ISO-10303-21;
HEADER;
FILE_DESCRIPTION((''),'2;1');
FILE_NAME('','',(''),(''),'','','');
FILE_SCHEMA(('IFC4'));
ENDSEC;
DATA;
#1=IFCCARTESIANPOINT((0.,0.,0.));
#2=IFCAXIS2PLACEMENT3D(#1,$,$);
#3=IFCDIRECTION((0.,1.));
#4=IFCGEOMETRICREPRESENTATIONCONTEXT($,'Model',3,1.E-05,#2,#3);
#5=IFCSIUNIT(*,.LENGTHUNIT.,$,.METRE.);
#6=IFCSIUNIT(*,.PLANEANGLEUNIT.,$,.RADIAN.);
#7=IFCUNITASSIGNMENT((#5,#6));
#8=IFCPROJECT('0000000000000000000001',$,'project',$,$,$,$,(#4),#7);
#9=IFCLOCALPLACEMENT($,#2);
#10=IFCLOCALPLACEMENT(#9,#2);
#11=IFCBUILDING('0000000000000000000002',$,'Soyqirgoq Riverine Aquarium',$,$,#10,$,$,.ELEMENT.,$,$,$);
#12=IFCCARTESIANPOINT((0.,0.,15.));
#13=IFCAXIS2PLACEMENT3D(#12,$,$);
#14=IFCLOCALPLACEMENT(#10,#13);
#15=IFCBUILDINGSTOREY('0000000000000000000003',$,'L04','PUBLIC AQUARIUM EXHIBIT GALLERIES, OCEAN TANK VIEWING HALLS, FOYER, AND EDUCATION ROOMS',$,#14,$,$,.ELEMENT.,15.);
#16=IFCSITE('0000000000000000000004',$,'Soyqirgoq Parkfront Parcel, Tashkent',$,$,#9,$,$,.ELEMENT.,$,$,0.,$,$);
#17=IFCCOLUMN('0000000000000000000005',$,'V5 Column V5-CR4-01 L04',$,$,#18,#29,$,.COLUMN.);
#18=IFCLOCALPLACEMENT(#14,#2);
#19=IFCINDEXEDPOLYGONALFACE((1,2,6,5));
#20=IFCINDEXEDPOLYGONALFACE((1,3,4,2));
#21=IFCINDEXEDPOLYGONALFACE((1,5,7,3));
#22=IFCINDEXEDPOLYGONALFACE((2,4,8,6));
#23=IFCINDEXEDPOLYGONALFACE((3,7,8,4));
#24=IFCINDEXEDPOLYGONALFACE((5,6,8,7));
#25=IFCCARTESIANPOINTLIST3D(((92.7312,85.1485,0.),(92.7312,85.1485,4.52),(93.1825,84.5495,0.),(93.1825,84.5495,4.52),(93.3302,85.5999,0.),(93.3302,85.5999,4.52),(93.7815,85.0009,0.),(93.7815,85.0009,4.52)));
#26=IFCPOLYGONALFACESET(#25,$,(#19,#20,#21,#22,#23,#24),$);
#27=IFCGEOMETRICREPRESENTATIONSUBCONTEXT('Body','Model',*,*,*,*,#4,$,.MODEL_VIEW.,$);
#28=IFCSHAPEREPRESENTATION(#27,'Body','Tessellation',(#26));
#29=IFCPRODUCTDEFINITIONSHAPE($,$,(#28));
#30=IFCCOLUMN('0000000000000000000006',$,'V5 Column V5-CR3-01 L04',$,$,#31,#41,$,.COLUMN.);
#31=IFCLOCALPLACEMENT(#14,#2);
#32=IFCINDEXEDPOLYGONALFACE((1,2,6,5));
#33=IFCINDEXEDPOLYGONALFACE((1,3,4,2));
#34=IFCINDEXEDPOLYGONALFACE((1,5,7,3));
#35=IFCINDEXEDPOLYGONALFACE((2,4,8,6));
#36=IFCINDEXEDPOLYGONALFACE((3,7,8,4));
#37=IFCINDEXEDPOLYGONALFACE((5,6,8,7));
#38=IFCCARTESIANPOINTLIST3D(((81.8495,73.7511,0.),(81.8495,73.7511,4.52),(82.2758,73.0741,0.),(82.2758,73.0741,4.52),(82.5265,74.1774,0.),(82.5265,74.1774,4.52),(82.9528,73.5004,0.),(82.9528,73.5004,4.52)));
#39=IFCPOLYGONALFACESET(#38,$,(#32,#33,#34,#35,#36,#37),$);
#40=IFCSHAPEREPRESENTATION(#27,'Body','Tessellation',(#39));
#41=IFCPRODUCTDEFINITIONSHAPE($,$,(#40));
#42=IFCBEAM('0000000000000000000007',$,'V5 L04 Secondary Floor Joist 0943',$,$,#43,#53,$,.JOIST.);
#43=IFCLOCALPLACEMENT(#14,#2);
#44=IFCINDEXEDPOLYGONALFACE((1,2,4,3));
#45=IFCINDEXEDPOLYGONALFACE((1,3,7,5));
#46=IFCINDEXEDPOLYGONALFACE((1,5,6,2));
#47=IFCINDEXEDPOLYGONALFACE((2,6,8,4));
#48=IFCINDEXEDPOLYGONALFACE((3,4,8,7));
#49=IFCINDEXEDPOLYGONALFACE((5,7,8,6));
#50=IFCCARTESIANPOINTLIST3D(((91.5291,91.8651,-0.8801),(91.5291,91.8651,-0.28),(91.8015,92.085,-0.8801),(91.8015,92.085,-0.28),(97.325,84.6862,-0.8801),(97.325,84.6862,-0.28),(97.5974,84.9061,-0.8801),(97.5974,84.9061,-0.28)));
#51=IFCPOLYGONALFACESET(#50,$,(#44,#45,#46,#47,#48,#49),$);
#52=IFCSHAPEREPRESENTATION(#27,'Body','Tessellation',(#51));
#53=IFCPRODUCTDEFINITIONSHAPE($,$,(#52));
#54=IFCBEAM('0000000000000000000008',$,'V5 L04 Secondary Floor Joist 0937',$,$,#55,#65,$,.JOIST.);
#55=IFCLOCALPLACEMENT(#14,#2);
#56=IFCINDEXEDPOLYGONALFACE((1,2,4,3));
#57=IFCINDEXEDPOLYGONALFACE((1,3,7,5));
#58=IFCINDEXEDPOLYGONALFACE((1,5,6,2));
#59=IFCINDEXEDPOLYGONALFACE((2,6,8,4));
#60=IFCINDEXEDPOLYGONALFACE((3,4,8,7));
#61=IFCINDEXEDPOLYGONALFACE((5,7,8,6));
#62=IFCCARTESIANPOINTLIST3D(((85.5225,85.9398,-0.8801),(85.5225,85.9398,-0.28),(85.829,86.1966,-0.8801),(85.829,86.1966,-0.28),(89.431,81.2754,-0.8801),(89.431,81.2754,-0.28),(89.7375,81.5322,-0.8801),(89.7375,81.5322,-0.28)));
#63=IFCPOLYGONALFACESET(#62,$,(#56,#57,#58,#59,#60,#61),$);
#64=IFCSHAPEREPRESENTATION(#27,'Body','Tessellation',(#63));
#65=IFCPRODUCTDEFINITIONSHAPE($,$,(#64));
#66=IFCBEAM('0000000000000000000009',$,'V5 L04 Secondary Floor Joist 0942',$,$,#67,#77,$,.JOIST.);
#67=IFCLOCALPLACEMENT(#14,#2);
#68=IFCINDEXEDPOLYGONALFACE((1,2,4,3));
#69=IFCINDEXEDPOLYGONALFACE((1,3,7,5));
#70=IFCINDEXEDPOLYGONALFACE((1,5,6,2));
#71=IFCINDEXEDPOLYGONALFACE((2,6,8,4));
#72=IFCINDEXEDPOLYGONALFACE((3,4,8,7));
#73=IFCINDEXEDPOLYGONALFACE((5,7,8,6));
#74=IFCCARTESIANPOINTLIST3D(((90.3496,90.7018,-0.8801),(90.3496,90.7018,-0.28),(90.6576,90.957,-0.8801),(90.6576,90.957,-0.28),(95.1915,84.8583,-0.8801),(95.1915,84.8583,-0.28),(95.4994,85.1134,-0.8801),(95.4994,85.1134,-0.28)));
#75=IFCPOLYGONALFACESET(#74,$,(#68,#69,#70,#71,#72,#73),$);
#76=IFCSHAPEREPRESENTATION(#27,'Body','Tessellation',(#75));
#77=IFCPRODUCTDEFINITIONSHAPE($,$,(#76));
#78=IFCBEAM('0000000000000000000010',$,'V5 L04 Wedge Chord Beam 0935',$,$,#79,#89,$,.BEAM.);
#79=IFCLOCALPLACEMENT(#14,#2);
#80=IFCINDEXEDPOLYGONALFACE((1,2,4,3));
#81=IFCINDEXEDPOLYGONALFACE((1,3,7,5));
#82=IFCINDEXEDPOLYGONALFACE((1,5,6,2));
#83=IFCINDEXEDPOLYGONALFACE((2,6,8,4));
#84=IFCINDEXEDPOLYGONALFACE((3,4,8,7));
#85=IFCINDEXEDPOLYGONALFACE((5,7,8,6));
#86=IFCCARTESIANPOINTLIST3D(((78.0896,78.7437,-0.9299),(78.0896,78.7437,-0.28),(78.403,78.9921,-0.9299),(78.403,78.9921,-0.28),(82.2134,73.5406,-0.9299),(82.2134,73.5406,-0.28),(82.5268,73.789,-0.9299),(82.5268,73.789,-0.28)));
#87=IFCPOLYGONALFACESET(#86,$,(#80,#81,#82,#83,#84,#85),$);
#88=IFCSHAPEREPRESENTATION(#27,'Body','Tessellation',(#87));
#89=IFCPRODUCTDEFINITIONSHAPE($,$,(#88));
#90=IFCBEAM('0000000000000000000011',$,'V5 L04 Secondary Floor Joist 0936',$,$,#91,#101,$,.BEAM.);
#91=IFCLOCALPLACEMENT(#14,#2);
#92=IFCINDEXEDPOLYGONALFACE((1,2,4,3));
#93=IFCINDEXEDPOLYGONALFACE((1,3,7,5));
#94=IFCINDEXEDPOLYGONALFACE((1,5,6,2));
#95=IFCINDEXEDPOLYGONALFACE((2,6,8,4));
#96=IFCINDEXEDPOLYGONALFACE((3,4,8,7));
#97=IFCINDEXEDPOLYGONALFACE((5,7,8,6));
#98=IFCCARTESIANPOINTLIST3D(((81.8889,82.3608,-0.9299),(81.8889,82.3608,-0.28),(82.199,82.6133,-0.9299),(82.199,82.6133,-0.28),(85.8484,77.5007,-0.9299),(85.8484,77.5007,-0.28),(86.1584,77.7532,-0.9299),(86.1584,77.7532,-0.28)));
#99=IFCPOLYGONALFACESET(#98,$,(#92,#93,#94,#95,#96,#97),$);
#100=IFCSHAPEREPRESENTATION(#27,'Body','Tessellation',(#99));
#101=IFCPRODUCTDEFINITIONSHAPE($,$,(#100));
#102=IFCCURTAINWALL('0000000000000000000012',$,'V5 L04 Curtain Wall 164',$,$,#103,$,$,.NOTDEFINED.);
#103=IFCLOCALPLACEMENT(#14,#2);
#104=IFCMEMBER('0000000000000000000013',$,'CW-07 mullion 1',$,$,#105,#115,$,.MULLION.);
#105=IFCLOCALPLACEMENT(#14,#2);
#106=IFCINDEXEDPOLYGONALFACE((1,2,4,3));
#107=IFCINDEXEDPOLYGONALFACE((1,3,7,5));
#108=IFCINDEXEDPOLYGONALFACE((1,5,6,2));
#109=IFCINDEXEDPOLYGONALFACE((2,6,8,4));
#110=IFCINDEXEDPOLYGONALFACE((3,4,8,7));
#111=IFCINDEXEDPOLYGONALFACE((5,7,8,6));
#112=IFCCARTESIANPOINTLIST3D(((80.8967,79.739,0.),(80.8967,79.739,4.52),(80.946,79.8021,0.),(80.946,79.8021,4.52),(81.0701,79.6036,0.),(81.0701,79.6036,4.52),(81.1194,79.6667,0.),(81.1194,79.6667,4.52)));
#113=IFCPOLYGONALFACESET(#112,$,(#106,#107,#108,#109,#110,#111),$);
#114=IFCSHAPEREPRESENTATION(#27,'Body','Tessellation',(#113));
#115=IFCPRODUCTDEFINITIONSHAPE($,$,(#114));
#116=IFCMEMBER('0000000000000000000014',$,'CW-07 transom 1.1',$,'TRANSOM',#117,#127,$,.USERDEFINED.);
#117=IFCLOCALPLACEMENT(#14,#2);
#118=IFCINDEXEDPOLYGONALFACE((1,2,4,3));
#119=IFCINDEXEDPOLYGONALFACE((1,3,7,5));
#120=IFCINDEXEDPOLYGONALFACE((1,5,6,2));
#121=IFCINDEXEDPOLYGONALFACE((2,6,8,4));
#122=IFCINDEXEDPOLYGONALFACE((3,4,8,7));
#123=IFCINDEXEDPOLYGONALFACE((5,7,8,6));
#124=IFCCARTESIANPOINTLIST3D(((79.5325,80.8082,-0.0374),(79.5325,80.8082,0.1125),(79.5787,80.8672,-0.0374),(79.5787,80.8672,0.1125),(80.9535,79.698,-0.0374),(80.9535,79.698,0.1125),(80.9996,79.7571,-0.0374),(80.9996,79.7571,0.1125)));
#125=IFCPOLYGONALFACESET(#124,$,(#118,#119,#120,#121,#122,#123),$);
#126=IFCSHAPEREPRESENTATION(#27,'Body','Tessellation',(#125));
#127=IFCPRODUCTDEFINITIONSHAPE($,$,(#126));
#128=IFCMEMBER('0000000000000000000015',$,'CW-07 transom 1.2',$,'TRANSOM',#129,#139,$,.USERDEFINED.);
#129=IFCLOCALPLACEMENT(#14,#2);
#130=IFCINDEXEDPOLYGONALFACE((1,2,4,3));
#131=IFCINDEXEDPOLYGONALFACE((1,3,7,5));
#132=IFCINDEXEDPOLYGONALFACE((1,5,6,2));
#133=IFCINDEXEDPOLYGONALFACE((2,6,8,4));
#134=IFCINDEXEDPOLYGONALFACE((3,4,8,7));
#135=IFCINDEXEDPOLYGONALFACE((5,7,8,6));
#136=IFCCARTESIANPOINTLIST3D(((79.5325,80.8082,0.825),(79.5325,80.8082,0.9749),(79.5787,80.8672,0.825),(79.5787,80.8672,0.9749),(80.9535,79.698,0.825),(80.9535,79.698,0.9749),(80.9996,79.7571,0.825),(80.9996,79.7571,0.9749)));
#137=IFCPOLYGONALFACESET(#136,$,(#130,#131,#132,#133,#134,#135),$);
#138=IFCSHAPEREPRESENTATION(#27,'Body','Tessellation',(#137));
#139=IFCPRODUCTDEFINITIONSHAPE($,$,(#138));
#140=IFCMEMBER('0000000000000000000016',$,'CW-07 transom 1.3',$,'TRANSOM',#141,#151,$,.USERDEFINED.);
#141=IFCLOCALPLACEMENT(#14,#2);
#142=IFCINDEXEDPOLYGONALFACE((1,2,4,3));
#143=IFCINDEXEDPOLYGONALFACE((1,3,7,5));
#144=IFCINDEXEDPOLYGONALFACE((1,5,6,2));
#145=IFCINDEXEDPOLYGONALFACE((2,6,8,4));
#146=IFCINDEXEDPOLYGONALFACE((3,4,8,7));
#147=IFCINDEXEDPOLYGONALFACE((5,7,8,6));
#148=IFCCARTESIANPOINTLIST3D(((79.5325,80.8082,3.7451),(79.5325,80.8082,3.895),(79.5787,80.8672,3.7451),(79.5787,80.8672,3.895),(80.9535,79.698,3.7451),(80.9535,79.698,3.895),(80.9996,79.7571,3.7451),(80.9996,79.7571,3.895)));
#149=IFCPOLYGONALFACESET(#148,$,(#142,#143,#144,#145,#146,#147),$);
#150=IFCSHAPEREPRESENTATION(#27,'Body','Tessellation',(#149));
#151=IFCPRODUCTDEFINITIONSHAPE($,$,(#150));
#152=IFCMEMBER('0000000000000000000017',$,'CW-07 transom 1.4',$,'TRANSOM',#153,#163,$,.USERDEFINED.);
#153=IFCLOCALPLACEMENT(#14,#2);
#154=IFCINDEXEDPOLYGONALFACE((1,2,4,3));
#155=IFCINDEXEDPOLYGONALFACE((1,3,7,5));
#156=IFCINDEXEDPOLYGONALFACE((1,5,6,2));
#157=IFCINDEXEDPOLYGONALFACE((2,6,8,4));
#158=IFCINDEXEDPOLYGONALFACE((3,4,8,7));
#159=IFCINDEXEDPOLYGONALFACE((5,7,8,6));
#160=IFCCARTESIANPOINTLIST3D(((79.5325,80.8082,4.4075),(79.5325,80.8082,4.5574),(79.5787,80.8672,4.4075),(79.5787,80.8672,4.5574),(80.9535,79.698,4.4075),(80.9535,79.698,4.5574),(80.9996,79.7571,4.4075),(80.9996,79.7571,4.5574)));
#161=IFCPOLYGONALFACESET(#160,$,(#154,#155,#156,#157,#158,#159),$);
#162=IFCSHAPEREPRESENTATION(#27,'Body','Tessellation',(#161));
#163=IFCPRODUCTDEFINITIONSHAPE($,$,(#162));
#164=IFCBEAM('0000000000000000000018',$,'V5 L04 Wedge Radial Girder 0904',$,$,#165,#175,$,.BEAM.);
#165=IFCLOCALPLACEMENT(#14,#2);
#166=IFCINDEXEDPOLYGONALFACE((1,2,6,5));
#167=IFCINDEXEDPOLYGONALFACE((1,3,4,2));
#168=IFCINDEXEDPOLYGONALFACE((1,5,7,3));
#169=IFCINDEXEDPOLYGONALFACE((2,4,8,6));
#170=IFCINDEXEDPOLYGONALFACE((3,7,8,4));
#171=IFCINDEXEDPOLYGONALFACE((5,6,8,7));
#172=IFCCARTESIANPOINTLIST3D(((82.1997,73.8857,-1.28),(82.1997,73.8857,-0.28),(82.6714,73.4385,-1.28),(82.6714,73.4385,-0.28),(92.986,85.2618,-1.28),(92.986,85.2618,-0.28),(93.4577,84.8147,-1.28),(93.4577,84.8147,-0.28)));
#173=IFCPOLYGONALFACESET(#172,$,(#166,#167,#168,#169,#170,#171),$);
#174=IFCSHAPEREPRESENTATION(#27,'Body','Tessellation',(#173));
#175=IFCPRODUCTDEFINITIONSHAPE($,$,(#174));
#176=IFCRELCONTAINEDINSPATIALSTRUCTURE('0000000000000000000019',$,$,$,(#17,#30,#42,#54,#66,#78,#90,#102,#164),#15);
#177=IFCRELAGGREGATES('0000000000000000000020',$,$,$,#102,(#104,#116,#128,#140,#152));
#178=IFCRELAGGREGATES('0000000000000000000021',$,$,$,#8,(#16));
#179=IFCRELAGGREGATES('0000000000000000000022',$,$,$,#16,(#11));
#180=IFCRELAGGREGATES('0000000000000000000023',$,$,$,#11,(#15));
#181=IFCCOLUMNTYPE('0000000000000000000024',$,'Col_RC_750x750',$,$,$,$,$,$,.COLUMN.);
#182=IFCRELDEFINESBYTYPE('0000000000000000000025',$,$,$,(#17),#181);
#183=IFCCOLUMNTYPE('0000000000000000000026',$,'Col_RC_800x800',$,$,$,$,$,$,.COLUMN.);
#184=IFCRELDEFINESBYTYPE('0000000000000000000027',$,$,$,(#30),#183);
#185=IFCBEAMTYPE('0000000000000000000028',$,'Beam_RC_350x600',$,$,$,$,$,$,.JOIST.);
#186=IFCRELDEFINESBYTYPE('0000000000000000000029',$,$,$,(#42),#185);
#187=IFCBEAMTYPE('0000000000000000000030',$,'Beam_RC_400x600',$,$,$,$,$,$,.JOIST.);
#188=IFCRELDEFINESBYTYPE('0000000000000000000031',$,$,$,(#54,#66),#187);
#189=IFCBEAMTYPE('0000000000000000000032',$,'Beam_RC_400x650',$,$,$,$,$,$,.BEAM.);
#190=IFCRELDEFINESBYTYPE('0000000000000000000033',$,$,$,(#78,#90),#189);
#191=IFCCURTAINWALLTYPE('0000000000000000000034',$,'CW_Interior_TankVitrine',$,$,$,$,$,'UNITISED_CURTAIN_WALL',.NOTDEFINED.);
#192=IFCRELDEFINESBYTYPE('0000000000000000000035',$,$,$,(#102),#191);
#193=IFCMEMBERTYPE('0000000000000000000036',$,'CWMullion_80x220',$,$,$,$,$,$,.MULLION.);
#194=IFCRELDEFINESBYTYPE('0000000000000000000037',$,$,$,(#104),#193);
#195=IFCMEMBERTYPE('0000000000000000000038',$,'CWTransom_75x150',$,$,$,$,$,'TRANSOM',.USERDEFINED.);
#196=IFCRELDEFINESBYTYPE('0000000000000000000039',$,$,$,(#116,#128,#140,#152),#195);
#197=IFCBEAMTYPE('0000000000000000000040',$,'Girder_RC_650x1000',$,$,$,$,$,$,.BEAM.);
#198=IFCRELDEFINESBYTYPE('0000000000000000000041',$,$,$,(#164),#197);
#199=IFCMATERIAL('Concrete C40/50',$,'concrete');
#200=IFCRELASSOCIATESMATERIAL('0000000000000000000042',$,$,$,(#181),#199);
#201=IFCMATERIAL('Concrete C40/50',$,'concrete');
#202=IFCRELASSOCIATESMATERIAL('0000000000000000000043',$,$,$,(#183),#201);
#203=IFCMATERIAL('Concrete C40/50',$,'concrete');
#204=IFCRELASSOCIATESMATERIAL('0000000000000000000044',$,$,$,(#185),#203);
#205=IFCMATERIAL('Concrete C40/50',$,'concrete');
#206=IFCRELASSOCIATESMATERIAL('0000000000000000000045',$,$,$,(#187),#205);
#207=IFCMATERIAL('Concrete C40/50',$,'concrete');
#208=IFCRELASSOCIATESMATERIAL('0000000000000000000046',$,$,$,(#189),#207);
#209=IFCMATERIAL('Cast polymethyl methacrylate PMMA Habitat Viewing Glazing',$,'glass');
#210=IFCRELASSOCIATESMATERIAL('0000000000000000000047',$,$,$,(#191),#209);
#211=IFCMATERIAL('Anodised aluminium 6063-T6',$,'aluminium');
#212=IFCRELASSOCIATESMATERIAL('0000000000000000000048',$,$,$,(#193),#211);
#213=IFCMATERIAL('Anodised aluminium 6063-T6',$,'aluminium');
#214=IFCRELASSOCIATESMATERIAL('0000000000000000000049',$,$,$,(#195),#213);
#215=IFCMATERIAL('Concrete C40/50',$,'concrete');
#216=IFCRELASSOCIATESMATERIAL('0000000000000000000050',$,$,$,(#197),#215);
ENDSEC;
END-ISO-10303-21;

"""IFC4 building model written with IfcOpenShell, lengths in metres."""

from ifc_helpers import new_model, si_unit, direction, frame, origin, origin_2d, place, context, subcontext, project, spatial, rectangle, extrude, material, material_profile, profile_set, type_object, element, aggregate, save


model = new_model("IFC4")

# Units and contexts
model_context = context("Model", 3, precision=1e-05, world=origin(), true_north=direction((0.0, 1.0)))
body_context = subcontext(model_context, "Body", "Model", "MODEL_VIEW")
ifc_project = project(units=[si_unit("LENGTHUNIT", "METRE"), si_unit("PLANEANGLEUNIT", "RADIAN")], contexts=[model_context])

# Site, building, storey
site_placement = place(None, origin())
site = spatial("IfcSite", under=ifc_project, at=site_placement, Name="Soyqirgoq Parkfront Parcel, Tashkent", CompositionType="ELEMENT", RefElevation=0.0)
building_placement = place(site_placement, origin())
building = spatial("IfcBuilding", under=site, at=building_placement, Name="Soyqirgoq Riverine Aquarium", CompositionType="ELEMENT")
storey_placement = place(building_placement, frame((0.0, 0.0, 15.0)))
storey = spatial("IfcBuildingStorey", under=building, at=storey_placement, Name="L04", Description="PUBLIC AQUARIUM EXHIBIT GALLERIES, OCEAN TANK VIEWING HALLS, FOYER, AND EDUCATION ROOMS", CompositionType="ELEMENT", Elevation=15.0)

# Columns
ifc_material_1 = material(Name="Concrete C40/50", Category="concrete")
ifc_material_profile_1 = material_profile(ifc_material_1, rectangle(XDim=0.75, YDim=0.75, at=origin_2d()), Name="RC 750x750")
ifc_profile_set_1 = profile_set([ifc_material_profile_1], Name="Concrete C40/50")
column_type_1 = type_object("IfcColumnType", Name="Col_RC_750x750", PredefinedType="COLUMN", material=ifc_profile_set_1)
column_1_placement = place(storey_placement, frame((93.2563, 85.0747, 0.0), z_axis=(0.0, 0.0, 1.0), x_axis=(0.798636, 0.601815, 0.0)))
element("IfcColumn", 1, at=column_1_placement, inside=storey, type_object=column_type_1, Name="V5 Column V5-CR4-01 L04", PredefinedType="COLUMN", context=body_context, shape_type="SweptSolid", body=[
    extrude(rectangle(XDim=0.75, YDim=0.75, at=origin_2d()), origin(), (0.0, 0.0, 1.0), 4.52),
])
ifc_material_2 = material(Name="Concrete C40/50", Category="concrete")
ifc_material_profile_2 = material_profile(ifc_material_2, rectangle(XDim=0.8, YDim=0.8, at=origin_2d()), Name="RC 800x800")
ifc_profile_set_2 = profile_set([ifc_material_profile_2], Name="Concrete C40/50")
column_type_2 = type_object("IfcColumnType", Name="Col_RC_800x800", PredefinedType="COLUMN", material=ifc_profile_set_2)
column_2_placement = place(storey_placement, frame((82.4011, 73.6257, 0.0), z_axis=(0.0, 0.0, 1.0), x_axis=(0.846193, 0.532876, 0.0)))
element("IfcColumn", 2, at=column_2_placement, inside=storey, type_object=column_type_2, Name="V5 Column V5-CR3-01 L04", PredefinedType="COLUMN", context=body_context, shape_type="SweptSolid", body=[
    extrude(rectangle(XDim=0.8, YDim=0.8, at=origin_2d()), origin(), (0.0, 0.0, 1.0), 4.52),
])

# Beams
ifc_material_3 = material(Name="Concrete C40/50", Category="concrete")
ifc_material_profile_3 = material_profile(ifc_material_3, rectangle(XDim=0.3501, YDim=0.6001, at=origin_2d()), Name="RC 350x600")
ifc_profile_set_3 = profile_set([ifc_material_profile_3], Name="Concrete C40/50")
beam_type_1 = type_object("IfcBeamType", Name="Beam_RC_350x600", PredefinedType="JOIST", material=ifc_profile_set_3)
beam_1_placement = place(storey_placement, frame((97.4612, 84.7961, -0.5801), z_axis=(-0.628174, 0.778073, 0.0), x_axis=(-0.778073, -0.628174, 0.0)))
element("IfcBeam", 3, at=beam_1_placement, inside=storey, type_object=beam_type_1, Name="V5 L04 Secondary Floor Joist 0943", PredefinedType="JOIST", context=body_context, shape_type="SweptSolid", body=[
    extrude(rectangle(XDim=0.3501, YDim=0.6001, at=origin_2d()), origin(), (0.0, 0.0, 1.0), 9.2266),
])
ifc_material_4 = material(Name="Concrete C40/50", Category="concrete")
ifc_material_profile_4 = material_profile(ifc_material_4, rectangle(XDim=0.3999, YDim=0.6001, at=origin_2d()), Name="RC 400x600")
ifc_profile_set_4 = profile_set([ifc_material_profile_4], Name="Concrete C40/50")
beam_type_2 = type_object("IfcBeamType", Name="Beam_RC_400x600", PredefinedType="JOIST", material=ifc_profile_set_4)
beam_2_placement = place(storey_placement, frame((89.5842, 81.4038, -0.5801), z_axis=(-0.64227, 0.766479, 0.0), x_axis=(-0.766479, -0.64227, 0.0)))
element("IfcBeam", 4, at=beam_2_placement, inside=storey, type_object=beam_type_2, Name="V5 L04 Secondary Floor Joist 0937", PredefinedType="JOIST", context=body_context, shape_type="SweptSolid", body=[
    extrude(rectangle(XDim=0.3999, YDim=0.6001, at=origin_2d()), origin(), (0.0, 0.0, 1.0), 6.0854),
])
beam_3_placement = place(storey_placement, frame((95.3455, 84.9858, -0.5801), z_axis=(-0.638021, 0.770019, 0.0), x_axis=(-0.770019, -0.638021, 0.0)))
element("IfcBeam", 5, at=beam_3_placement, inside=storey, type_object=beam_type_2, Name="V5 L04 Secondary Floor Joist 0942", PredefinedType="JOIST", context=body_context, shape_type="SweptSolid", body=[
    extrude(rectangle(XDim=0.3999, YDim=0.6001, at=origin_2d()), origin(), (0.0, 0.0, 1.0), 7.5889),
])
ifc_material_5 = material(Name="Concrete C40/50", Category="concrete")
ifc_material_profile_5 = material_profile(ifc_material_5, rectangle(XDim=0.3999, YDim=0.6499, at=origin_2d()), Name="RC 400x650")
ifc_profile_set_5 = profile_set([ifc_material_profile_5], Name="Concrete C40/50")
beam_type_3 = type_object("IfcBeamType", Name="Beam_RC_400x650", PredefinedType="BEAM", material=ifc_profile_set_5)
beam_4_placement = place(storey_placement, frame((82.3701, 73.6648, -0.605), z_axis=(-0.621132, 0.783706, 0.0), x_axis=(-0.783706, -0.621132, 0.0)))
element("IfcBeam", 6, at=beam_4_placement, inside=storey, type_object=beam_type_3, Name="V5 L04 Wedge Chord Beam 0935", PredefinedType="BEAM", context=body_context, shape_type="SweptSolid", body=[
    extrude(rectangle(XDim=0.3999, YDim=0.6499, at=origin_2d()), origin(), (0.0, 0.0, 1.0), 6.6392),
])
beam_5_placement = place(storey_placement, frame((86.0034, 77.627, -0.605), z_axis=(-0.631614, 0.775283, 0.0), x_axis=(-0.775283, -0.631614, 0.0)))
element("IfcBeam", 7, at=beam_5_placement, inside=storey, type_object=beam_type_3, Name="V5 L04 Secondary Floor Joist 0936", PredefinedType="BEAM", context=body_context, shape_type="SweptSolid", body=[
    extrude(rectangle(XDim=0.3999, YDim=0.6499, at=origin_2d()), origin(), (0.0, 0.0, 1.0), 6.2688),
])

# Curtain wall, members
ifc_material_6 = material(Name="Cast polymethyl methacrylate PMMA Habitat Viewing Glazing", Category="glass")
curtain_wall_type = type_object("IfcCurtainWallType", Name="CW_Interior_TankVitrine", ElementType="UNITISED_CURTAIN_WALL", PredefinedType="NOTDEFINED", material=ifc_material_6)
curtain_wall_placement = place(storey_placement, origin())
curtain_wall = element("IfcCurtainWall", 8, at=curtain_wall_placement, inside=storey, type_object=curtain_wall_type, Name="V5 L04 Curtain Wall 164", PredefinedType="NOTDEFINED")
ifc_material_7 = material(Name="Anodised aluminium 6063-T6", Category="aluminium")
ifc_material_profile_6 = material_profile(ifc_material_7, rectangle(XDim=0.0801, YDim=0.22, at=origin_2d()), Name="ALU-M 80x220")
ifc_profile_set_6 = profile_set([ifc_material_profile_6], Name="Anodised aluminium 6063-T6")
member_type_1 = type_object("IfcMemberType", Name="CWMullion_80x220", PredefinedType="MULLION", material=ifc_profile_set_6)
member_1_placement = place(storey_placement, frame((81.0081, 79.7029, 0.0), z_axis=(0.0, 0.0, 1.0), x_axis=(-0.615655, -0.788016, 0.0)))
member_1 = element("IfcMember", 9, at=member_1_placement, type_object=member_type_1, Name="CW-07 mullion 1", PredefinedType="MULLION", context=body_context, shape_type="SweptSolid", body=[
    extrude(rectangle(XDim=0.0801, YDim=0.22, at=origin_2d()), origin(), (0.0, 0.0, 1.0), 4.52),
])
ifc_material_8 = material(Name="Anodised aluminium 6063-T6", Category="aluminium")
ifc_material_profile_7 = material_profile(ifc_material_8, rectangle(XDim=0.075, YDim=0.1499, at=origin_2d()), Name="ALU-T 75x150")
ifc_profile_set_7 = profile_set([ifc_material_profile_7], Name="Anodised aluminium 6063-T6")
member_type_2 = type_object("IfcMemberType", Name="CWTransom_75x150", ElementType="TRANSOM", PredefinedType="USERDEFINED", material=ifc_profile_set_7)
member_2_placement = place(storey_placement, frame((80.9766, 79.7275, 0.0376), z_axis=(-0.788016, 0.615655, 0.0), x_axis=(-0.615655, -0.788016, 0.0)))
member_2 = element("IfcMember", 10, at=member_2_placement, type_object=member_type_2, Name="CW-07 transom 1.1", ObjectType="TRANSOM", PredefinedType="USERDEFINED", context=body_context, shape_type="SweptSolid", body=[
    extrude(rectangle(XDim=0.075, YDim=0.1499, at=origin_2d()), origin(), (0.0, 0.0, 1.0), 1.8032),
])
member_3_placement = place(storey_placement, frame((80.9766, 79.7275, 0.8999), z_axis=(-0.788016, 0.615655, 0.0), x_axis=(-0.615655, -0.788016, 0.0)))
member_3 = element("IfcMember", 11, at=member_3_placement, type_object=member_type_2, Name="CW-07 transom 1.2", ObjectType="TRANSOM", PredefinedType="USERDEFINED", context=body_context, shape_type="SweptSolid", body=[
    extrude(rectangle(XDim=0.075, YDim=0.1499, at=origin_2d()), origin(), (0.0, 0.0, 1.0), 1.8032),
])
member_4_placement = place(storey_placement, frame((80.9766, 79.7275, 3.8201), z_axis=(-0.788016, 0.615655, 0.0), x_axis=(-0.615655, -0.788016, 0.0)))
member_4 = element("IfcMember", 12, at=member_4_placement, type_object=member_type_2, Name="CW-07 transom 1.3", ObjectType="TRANSOM", PredefinedType="USERDEFINED", context=body_context, shape_type="SweptSolid", body=[
    extrude(rectangle(XDim=0.075, YDim=0.1499, at=origin_2d()), origin(), (0.0, 0.0, 1.0), 1.8032),
])
member_5_placement = place(storey_placement, frame((80.9766, 79.7275, 4.4824), z_axis=(-0.788016, 0.615655, 0.0), x_axis=(-0.615655, -0.788016, 0.0)))
member_5 = element("IfcMember", 13, at=member_5_placement, type_object=member_type_2, Name="CW-07 transom 1.4", ObjectType="TRANSOM", PredefinedType="USERDEFINED", context=body_context, shape_type="SweptSolid", body=[
    extrude(rectangle(XDim=0.075, YDim=0.1499, at=origin_2d()), origin(), (0.0, 0.0, 1.0), 1.8032),
])

# Beam
ifc_material_9 = material(Name="Concrete C40/50", Category="concrete")
ifc_material_profile_8 = material_profile(ifc_material_9, rectangle(XDim=0.6499, YDim=1.0, at=origin_2d()), Name="RC 650x1000")
ifc_profile_set_8 = profile_set([ifc_material_profile_8], Name="Concrete C40/50")
beam_type_4 = type_object("IfcBeamType", Name="Girder_RC_650x1000", PredefinedType="BEAM", material=ifc_profile_set_8)
beam_6_placement = place(storey_placement, frame((82.4355, 73.6621, -0.78), z_axis=(0.688044, 0.725669, 0.0), x_axis=(-0.725669, 0.688044, 0.0)))
element("IfcBeam", 14, at=beam_6_placement, inside=storey, type_object=beam_type_4, Name="V5 L04 Wedge Radial Girder 0904", PredefinedType="BEAM", context=body_context, shape_type="SweptSolid", body=[
    extrude(rectangle(XDim=0.6499, YDim=1.0, at=origin_2d()), origin(), (0.0, 0.0, 1.0), 15.6768),
])

aggregate(curtain_wall, [member_1, member_2, member_3, member_4, member_5])

save(model, "model.ifc")
